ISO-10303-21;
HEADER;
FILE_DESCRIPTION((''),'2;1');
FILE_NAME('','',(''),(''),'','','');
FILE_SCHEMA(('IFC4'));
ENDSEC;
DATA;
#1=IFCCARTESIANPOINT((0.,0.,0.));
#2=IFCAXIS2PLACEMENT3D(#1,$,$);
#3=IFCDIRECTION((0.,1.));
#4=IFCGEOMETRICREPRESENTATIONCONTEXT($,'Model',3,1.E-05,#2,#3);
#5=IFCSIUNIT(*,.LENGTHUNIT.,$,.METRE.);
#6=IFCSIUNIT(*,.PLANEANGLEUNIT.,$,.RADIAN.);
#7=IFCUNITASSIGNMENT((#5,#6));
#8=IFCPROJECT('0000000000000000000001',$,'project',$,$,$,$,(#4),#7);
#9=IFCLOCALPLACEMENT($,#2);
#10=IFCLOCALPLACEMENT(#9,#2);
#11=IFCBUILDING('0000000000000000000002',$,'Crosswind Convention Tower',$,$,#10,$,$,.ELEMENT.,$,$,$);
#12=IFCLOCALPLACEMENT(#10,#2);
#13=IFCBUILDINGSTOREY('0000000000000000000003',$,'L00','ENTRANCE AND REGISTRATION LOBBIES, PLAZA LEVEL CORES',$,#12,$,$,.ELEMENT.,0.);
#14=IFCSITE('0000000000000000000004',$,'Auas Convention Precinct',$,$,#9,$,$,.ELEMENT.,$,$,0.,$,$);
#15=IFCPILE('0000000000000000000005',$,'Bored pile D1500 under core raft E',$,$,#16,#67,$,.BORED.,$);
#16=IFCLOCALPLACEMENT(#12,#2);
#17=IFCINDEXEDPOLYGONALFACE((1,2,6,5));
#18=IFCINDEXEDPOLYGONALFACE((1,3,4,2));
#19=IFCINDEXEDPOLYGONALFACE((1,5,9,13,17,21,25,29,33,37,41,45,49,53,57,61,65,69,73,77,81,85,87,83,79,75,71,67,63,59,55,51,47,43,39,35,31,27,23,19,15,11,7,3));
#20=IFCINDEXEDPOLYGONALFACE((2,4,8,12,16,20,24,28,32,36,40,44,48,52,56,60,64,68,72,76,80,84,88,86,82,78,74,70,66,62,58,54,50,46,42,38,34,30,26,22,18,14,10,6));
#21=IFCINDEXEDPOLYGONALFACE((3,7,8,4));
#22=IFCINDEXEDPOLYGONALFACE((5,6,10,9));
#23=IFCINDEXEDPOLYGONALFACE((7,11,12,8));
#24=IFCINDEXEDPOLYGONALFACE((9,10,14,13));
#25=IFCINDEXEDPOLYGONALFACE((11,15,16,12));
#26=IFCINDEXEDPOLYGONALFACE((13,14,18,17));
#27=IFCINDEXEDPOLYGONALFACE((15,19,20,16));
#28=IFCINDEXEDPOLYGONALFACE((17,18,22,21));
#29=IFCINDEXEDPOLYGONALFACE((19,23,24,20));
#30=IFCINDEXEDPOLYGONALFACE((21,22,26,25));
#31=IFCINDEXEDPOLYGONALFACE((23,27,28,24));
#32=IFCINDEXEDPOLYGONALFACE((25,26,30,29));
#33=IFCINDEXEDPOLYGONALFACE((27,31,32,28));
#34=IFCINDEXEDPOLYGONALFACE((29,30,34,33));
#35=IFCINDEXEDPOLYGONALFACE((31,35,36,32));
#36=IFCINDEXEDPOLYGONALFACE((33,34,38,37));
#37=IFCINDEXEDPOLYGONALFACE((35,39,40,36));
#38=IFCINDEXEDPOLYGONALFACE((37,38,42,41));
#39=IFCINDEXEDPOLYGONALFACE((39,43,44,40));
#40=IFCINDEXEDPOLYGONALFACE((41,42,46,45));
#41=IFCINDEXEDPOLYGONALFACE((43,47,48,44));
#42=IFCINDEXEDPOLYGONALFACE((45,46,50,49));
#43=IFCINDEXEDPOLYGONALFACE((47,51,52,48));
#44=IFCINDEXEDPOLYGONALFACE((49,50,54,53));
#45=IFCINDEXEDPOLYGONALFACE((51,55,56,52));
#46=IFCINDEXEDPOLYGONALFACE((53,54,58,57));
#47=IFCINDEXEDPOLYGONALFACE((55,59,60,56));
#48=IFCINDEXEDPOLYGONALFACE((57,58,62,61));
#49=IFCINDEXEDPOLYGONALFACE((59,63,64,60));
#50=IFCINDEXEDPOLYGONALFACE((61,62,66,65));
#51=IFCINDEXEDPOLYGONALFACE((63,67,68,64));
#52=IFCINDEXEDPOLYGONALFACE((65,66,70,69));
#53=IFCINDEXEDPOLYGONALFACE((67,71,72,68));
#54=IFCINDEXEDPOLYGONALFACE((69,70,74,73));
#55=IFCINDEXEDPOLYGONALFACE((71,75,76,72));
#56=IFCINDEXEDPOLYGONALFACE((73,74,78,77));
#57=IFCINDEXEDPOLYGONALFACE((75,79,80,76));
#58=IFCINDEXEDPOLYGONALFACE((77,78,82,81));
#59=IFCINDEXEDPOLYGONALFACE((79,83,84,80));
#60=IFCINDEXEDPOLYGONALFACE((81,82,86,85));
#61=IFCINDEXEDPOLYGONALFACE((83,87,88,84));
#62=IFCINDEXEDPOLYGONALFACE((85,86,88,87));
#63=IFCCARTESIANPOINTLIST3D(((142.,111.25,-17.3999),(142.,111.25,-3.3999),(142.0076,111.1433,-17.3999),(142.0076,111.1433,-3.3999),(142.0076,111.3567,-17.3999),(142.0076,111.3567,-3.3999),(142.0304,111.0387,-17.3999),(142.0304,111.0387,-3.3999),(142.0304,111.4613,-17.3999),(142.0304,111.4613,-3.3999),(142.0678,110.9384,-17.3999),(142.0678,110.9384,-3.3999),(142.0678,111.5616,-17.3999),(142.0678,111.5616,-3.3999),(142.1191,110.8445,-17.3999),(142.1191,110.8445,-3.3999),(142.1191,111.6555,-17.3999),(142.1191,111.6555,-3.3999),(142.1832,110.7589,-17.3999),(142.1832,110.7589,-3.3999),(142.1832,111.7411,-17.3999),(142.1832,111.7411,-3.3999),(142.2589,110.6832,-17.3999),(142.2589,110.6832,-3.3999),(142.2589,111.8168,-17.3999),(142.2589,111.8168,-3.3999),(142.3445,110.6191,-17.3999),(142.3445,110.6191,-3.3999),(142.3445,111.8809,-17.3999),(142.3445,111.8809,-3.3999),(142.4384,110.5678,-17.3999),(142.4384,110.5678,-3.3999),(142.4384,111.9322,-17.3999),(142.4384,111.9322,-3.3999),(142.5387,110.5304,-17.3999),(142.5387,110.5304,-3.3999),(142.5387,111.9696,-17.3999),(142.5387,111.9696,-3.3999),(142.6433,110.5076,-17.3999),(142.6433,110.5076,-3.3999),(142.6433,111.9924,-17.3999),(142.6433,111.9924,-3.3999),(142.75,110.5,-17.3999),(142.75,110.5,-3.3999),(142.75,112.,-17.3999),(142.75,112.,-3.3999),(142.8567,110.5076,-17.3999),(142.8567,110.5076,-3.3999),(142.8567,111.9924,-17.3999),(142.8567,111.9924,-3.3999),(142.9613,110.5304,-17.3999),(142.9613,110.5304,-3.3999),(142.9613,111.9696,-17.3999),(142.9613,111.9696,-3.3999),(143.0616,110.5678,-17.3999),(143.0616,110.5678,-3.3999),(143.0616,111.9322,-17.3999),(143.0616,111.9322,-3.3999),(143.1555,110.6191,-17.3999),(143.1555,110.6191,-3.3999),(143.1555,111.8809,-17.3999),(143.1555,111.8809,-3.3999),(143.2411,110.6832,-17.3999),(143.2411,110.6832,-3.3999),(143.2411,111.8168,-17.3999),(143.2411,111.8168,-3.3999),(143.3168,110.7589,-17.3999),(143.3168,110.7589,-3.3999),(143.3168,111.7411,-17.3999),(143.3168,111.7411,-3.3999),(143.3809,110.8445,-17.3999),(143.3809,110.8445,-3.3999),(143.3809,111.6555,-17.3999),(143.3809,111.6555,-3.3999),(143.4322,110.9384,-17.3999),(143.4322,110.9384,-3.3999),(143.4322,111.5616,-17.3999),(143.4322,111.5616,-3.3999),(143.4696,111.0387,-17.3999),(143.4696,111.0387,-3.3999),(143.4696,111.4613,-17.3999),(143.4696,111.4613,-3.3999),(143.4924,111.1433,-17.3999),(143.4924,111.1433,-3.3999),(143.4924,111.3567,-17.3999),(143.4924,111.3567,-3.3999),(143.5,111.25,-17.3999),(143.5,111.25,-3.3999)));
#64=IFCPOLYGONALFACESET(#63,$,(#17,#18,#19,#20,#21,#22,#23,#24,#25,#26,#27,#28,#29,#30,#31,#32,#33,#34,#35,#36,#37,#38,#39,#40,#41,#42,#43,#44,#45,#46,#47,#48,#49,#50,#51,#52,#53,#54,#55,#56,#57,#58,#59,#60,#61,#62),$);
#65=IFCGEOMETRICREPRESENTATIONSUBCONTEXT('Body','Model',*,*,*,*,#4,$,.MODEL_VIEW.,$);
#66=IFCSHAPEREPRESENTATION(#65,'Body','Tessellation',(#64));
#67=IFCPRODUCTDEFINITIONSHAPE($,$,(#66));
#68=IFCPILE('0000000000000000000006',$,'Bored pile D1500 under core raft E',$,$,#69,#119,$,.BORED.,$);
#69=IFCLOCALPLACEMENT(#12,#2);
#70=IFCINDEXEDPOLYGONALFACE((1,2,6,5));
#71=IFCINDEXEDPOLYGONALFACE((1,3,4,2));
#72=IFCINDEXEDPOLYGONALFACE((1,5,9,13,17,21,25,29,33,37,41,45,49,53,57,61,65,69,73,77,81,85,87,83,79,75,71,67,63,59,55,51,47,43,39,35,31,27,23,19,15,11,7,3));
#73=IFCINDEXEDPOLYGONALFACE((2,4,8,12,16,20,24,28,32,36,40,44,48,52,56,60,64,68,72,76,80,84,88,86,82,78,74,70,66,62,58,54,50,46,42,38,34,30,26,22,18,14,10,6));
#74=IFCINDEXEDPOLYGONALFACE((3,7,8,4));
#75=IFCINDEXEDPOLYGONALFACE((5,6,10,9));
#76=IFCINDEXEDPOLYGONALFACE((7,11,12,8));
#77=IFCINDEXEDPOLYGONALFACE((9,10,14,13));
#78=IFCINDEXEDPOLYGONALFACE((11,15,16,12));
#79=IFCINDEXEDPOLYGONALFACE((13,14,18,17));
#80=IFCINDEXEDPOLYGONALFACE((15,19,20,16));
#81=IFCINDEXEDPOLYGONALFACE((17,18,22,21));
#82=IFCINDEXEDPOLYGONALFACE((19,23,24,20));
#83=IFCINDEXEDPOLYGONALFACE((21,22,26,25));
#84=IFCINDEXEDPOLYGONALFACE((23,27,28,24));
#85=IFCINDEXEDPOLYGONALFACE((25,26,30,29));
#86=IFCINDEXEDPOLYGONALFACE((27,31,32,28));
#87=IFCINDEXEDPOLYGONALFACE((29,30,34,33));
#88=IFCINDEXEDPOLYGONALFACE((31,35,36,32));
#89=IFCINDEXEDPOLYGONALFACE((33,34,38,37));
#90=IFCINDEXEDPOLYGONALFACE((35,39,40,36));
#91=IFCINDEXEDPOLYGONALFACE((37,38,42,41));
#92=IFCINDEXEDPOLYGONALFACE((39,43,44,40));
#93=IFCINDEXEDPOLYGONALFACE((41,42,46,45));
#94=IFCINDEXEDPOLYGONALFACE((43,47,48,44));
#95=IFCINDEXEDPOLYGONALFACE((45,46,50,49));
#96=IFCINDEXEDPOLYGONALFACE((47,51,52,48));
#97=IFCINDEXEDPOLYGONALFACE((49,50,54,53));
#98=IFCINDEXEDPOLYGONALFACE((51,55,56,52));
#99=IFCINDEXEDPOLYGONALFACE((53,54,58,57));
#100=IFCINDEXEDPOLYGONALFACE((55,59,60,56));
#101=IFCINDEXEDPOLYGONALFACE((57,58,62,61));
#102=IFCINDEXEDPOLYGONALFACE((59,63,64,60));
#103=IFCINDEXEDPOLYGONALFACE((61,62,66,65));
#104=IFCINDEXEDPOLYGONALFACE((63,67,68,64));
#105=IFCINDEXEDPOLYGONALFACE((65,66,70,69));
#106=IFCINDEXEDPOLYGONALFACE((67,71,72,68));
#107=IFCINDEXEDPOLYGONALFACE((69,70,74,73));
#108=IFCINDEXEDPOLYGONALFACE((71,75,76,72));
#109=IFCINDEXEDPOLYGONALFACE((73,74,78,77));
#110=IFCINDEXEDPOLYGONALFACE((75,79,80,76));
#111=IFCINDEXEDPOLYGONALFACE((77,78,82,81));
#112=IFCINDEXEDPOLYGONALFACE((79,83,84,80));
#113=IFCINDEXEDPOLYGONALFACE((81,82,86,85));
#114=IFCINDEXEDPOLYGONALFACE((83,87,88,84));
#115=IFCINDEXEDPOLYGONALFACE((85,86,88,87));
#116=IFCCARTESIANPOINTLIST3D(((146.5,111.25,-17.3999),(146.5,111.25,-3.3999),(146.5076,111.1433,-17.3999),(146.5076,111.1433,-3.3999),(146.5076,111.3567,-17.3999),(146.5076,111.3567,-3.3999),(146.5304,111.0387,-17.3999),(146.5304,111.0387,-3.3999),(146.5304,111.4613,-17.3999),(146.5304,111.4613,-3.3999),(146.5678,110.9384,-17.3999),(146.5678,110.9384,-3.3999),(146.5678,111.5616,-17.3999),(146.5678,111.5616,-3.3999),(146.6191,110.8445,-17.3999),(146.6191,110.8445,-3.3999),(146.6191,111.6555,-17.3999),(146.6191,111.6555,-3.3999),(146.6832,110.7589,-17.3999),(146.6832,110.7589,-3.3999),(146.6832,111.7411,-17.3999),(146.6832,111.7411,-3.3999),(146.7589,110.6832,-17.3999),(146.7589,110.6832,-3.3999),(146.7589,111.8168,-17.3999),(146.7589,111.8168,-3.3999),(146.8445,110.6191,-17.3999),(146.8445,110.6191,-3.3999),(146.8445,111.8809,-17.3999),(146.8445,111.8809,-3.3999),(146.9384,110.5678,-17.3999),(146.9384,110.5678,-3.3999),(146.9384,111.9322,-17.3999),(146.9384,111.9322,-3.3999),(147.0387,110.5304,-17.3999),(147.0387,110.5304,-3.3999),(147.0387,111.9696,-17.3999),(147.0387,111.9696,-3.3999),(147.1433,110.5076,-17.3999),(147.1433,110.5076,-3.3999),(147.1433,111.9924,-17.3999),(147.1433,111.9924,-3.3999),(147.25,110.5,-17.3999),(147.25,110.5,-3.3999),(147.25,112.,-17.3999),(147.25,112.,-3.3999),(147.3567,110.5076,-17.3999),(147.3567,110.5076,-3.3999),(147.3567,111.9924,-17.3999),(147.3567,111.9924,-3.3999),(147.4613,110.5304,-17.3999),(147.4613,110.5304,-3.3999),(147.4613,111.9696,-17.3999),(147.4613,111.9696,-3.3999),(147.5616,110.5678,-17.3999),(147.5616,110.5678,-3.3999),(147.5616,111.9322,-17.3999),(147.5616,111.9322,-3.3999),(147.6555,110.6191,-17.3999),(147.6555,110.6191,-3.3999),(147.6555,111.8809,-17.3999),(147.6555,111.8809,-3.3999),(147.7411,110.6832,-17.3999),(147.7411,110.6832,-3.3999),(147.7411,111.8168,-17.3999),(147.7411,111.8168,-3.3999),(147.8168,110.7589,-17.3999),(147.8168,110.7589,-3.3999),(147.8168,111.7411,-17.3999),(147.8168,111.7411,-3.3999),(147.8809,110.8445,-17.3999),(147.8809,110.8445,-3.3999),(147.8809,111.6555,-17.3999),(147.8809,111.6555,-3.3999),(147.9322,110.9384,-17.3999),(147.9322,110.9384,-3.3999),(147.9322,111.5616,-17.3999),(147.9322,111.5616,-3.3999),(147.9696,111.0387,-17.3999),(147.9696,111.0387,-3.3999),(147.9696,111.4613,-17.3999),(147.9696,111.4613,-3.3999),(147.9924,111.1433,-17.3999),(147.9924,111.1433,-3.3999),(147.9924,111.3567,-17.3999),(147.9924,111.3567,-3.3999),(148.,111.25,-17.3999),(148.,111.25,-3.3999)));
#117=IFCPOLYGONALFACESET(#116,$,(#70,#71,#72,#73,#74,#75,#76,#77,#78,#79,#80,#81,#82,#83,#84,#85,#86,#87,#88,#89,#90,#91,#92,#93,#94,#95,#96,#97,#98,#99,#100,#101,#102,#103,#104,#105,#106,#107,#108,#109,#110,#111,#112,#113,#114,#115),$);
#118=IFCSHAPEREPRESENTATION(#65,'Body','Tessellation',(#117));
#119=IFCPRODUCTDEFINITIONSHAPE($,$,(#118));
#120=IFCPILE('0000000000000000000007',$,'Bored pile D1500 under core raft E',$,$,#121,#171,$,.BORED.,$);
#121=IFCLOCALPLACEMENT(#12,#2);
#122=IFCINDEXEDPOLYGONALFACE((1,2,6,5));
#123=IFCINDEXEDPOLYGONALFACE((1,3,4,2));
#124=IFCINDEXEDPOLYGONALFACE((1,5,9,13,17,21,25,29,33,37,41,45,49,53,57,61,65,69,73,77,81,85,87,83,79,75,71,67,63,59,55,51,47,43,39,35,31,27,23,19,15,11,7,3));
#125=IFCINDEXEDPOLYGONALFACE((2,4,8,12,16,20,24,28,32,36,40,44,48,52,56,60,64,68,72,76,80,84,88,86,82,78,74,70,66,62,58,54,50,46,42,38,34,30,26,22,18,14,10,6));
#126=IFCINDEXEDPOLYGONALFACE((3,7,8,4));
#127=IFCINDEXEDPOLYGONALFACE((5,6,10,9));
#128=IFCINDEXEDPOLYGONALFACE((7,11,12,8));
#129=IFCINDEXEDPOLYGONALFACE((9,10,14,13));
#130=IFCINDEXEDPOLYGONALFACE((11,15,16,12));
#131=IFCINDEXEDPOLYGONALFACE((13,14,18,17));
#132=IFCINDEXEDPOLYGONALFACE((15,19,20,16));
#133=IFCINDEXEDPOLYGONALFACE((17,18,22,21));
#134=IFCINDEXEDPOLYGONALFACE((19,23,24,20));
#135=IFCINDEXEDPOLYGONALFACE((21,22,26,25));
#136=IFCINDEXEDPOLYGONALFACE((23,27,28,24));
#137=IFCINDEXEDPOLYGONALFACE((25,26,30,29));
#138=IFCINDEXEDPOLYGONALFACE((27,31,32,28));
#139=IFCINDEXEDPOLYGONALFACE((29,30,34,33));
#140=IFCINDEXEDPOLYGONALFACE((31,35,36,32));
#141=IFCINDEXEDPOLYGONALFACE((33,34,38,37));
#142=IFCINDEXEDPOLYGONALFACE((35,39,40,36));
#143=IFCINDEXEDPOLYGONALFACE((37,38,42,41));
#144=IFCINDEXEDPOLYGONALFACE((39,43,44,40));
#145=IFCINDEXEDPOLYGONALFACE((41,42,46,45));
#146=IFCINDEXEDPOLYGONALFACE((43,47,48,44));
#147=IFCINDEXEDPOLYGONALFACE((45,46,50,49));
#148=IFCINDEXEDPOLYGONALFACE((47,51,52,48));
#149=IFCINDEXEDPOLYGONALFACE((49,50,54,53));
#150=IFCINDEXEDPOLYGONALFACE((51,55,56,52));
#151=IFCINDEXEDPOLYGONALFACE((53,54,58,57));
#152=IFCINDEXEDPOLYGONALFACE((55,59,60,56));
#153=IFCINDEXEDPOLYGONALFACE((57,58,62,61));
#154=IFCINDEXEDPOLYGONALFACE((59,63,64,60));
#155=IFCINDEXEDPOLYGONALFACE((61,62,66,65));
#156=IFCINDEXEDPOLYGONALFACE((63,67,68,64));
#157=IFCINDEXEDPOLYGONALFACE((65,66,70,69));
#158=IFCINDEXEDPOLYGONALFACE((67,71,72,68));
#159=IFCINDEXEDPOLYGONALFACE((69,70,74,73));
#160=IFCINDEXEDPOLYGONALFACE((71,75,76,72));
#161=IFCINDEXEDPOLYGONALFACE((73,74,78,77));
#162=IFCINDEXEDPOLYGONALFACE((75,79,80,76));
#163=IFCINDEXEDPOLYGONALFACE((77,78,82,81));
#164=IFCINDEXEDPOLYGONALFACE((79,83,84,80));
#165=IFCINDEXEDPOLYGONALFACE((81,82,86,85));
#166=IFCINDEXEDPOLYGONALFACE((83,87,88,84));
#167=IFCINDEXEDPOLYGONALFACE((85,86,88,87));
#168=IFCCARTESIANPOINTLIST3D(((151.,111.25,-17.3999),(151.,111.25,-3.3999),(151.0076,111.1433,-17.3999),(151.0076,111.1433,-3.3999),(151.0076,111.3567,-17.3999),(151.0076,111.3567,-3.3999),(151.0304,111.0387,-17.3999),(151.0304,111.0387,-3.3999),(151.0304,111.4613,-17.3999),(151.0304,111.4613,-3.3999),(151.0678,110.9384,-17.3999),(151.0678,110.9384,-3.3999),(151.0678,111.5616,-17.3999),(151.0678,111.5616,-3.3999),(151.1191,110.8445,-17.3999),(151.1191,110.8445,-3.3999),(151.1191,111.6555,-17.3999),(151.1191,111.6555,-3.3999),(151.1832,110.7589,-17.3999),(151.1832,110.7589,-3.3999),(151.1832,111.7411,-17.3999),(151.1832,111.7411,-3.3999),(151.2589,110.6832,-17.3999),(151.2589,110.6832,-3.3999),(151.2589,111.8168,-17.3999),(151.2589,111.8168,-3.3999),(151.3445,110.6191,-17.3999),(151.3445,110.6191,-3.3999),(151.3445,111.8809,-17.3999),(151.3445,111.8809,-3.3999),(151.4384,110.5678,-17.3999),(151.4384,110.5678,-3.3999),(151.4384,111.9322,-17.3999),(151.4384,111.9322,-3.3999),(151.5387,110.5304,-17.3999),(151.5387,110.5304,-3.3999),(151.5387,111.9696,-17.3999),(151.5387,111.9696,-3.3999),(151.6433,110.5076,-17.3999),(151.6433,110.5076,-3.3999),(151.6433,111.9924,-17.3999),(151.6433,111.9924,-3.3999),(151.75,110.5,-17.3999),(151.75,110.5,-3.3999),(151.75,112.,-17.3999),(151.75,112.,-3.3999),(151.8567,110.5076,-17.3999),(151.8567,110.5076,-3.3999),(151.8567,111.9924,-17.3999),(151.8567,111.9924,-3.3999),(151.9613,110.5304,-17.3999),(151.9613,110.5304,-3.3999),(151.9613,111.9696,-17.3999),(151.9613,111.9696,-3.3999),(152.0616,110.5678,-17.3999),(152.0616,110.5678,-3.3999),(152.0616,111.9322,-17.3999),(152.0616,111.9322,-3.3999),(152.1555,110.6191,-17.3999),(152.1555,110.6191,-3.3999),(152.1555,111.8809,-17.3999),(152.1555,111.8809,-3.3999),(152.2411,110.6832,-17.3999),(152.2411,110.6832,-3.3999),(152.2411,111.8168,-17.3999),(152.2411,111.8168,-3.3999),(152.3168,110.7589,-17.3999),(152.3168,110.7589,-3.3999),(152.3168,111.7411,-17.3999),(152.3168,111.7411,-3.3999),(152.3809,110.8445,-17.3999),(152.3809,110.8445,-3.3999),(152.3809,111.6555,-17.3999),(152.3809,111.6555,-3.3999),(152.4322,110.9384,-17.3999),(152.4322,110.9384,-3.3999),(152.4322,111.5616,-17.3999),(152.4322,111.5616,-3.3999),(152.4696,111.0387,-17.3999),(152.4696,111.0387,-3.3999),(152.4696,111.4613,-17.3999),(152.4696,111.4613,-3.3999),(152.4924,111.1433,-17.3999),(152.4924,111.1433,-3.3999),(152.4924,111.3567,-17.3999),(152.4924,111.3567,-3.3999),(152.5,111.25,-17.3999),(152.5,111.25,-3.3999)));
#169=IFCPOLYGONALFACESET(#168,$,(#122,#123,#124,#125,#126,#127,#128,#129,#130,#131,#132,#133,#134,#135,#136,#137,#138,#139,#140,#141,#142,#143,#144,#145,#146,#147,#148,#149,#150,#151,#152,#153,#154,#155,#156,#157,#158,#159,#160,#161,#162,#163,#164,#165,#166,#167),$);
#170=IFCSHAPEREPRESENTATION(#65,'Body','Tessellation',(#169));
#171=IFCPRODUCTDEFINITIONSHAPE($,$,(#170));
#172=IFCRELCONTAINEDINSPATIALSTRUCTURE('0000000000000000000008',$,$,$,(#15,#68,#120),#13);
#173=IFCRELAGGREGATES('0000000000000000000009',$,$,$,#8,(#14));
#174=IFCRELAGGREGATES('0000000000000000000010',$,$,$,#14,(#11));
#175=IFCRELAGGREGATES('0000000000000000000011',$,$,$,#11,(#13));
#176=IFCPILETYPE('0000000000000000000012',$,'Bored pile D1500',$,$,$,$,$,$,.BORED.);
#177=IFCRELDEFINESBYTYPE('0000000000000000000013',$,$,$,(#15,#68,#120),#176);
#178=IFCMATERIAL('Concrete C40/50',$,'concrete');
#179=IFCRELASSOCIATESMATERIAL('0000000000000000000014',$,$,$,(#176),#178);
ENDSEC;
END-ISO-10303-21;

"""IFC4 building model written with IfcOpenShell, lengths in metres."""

from ifc_helpers import new_model, si_unit, direction, frame, origin, origin_2d, place, context, subcontext, project, spatial, circle, extrude, material, material_profile, profile_set, type_object, element, save


model = new_model("IFC4")

# Units and contexts
model_context = context("Model", 3, precision=1e-05, world=origin(), true_north=direction((0.0, 1.0)))
body_context = subcontext(model_context, "Body", "Model", "MODEL_VIEW")
ifc_project = project(units=[si_unit("LENGTHUNIT", "METRE"), si_unit("PLANEANGLEUNIT", "RADIAN")], contexts=[model_context])

# Site, building, storey
site_placement = place(None, origin())
site = spatial("IfcSite", under=ifc_project, at=site_placement, Name="Auas Convention Precinct", CompositionType="ELEMENT", RefElevation=0.0)
building_placement = place(site_placement, origin())
building = spatial("IfcBuilding", under=site, at=building_placement, Name="Crosswind Convention Tower", CompositionType="ELEMENT")
storey_placement = place(building_placement, origin())
storey = spatial("IfcBuildingStorey", under=building, at=storey_placement, Name="L00", Description="ENTRANCE AND REGISTRATION LOBBIES, PLAZA LEVEL CORES", CompositionType="ELEMENT", Elevation=0.0)

# Piles
ifc_material_1 = material(Name="Concrete C40/50", Category="concrete")
ifc_material_profile_1 = material_profile(ifc_material_1, circle(Radius=0.75, at=origin_2d()), Name="Bored pile D1500")
ifc_profile_set_1 = profile_set([ifc_material_profile_1], Name="Concrete C40/50")
pile_type_1 = type_object("IfcPileType", Name="Bored pile D1500", PredefinedType="BORED", material=ifc_profile_set_1)
for number, where, z_axis, x_axis, name in (
    (1, (142.75, 111.25, -3.3999), (0.0, 0.0, -1.0), (1.0, 0.0, 0.0), "Bored pile D1500 under core raft E"),
    (2, (147.25, 111.25, -3.3999), (0.0, 0.0, -1.0), (1.0, 0.0, 0.0), "Bored pile D1500 under core raft E"),
    (3, (151.75, 111.25, -3.3999), (0.0, 0.0, -1.0), (1.0, 0.0, 0.0), "Bored pile D1500 under core raft E"),
):
    element("IfcPile", number, at=place(storey_placement, frame(where, z_axis=z_axis, x_axis=x_axis)), inside=storey, type_object=pile_type_1, Name=name, PredefinedType="BORED", context=body_context, shape_type="SweptSolid", body=[
        extrude(circle(Radius=0.75, at=origin_2d()), origin(), (0.0, 0.0, 1.0), 14.0),
    ])

save(model, "model.ifc")
